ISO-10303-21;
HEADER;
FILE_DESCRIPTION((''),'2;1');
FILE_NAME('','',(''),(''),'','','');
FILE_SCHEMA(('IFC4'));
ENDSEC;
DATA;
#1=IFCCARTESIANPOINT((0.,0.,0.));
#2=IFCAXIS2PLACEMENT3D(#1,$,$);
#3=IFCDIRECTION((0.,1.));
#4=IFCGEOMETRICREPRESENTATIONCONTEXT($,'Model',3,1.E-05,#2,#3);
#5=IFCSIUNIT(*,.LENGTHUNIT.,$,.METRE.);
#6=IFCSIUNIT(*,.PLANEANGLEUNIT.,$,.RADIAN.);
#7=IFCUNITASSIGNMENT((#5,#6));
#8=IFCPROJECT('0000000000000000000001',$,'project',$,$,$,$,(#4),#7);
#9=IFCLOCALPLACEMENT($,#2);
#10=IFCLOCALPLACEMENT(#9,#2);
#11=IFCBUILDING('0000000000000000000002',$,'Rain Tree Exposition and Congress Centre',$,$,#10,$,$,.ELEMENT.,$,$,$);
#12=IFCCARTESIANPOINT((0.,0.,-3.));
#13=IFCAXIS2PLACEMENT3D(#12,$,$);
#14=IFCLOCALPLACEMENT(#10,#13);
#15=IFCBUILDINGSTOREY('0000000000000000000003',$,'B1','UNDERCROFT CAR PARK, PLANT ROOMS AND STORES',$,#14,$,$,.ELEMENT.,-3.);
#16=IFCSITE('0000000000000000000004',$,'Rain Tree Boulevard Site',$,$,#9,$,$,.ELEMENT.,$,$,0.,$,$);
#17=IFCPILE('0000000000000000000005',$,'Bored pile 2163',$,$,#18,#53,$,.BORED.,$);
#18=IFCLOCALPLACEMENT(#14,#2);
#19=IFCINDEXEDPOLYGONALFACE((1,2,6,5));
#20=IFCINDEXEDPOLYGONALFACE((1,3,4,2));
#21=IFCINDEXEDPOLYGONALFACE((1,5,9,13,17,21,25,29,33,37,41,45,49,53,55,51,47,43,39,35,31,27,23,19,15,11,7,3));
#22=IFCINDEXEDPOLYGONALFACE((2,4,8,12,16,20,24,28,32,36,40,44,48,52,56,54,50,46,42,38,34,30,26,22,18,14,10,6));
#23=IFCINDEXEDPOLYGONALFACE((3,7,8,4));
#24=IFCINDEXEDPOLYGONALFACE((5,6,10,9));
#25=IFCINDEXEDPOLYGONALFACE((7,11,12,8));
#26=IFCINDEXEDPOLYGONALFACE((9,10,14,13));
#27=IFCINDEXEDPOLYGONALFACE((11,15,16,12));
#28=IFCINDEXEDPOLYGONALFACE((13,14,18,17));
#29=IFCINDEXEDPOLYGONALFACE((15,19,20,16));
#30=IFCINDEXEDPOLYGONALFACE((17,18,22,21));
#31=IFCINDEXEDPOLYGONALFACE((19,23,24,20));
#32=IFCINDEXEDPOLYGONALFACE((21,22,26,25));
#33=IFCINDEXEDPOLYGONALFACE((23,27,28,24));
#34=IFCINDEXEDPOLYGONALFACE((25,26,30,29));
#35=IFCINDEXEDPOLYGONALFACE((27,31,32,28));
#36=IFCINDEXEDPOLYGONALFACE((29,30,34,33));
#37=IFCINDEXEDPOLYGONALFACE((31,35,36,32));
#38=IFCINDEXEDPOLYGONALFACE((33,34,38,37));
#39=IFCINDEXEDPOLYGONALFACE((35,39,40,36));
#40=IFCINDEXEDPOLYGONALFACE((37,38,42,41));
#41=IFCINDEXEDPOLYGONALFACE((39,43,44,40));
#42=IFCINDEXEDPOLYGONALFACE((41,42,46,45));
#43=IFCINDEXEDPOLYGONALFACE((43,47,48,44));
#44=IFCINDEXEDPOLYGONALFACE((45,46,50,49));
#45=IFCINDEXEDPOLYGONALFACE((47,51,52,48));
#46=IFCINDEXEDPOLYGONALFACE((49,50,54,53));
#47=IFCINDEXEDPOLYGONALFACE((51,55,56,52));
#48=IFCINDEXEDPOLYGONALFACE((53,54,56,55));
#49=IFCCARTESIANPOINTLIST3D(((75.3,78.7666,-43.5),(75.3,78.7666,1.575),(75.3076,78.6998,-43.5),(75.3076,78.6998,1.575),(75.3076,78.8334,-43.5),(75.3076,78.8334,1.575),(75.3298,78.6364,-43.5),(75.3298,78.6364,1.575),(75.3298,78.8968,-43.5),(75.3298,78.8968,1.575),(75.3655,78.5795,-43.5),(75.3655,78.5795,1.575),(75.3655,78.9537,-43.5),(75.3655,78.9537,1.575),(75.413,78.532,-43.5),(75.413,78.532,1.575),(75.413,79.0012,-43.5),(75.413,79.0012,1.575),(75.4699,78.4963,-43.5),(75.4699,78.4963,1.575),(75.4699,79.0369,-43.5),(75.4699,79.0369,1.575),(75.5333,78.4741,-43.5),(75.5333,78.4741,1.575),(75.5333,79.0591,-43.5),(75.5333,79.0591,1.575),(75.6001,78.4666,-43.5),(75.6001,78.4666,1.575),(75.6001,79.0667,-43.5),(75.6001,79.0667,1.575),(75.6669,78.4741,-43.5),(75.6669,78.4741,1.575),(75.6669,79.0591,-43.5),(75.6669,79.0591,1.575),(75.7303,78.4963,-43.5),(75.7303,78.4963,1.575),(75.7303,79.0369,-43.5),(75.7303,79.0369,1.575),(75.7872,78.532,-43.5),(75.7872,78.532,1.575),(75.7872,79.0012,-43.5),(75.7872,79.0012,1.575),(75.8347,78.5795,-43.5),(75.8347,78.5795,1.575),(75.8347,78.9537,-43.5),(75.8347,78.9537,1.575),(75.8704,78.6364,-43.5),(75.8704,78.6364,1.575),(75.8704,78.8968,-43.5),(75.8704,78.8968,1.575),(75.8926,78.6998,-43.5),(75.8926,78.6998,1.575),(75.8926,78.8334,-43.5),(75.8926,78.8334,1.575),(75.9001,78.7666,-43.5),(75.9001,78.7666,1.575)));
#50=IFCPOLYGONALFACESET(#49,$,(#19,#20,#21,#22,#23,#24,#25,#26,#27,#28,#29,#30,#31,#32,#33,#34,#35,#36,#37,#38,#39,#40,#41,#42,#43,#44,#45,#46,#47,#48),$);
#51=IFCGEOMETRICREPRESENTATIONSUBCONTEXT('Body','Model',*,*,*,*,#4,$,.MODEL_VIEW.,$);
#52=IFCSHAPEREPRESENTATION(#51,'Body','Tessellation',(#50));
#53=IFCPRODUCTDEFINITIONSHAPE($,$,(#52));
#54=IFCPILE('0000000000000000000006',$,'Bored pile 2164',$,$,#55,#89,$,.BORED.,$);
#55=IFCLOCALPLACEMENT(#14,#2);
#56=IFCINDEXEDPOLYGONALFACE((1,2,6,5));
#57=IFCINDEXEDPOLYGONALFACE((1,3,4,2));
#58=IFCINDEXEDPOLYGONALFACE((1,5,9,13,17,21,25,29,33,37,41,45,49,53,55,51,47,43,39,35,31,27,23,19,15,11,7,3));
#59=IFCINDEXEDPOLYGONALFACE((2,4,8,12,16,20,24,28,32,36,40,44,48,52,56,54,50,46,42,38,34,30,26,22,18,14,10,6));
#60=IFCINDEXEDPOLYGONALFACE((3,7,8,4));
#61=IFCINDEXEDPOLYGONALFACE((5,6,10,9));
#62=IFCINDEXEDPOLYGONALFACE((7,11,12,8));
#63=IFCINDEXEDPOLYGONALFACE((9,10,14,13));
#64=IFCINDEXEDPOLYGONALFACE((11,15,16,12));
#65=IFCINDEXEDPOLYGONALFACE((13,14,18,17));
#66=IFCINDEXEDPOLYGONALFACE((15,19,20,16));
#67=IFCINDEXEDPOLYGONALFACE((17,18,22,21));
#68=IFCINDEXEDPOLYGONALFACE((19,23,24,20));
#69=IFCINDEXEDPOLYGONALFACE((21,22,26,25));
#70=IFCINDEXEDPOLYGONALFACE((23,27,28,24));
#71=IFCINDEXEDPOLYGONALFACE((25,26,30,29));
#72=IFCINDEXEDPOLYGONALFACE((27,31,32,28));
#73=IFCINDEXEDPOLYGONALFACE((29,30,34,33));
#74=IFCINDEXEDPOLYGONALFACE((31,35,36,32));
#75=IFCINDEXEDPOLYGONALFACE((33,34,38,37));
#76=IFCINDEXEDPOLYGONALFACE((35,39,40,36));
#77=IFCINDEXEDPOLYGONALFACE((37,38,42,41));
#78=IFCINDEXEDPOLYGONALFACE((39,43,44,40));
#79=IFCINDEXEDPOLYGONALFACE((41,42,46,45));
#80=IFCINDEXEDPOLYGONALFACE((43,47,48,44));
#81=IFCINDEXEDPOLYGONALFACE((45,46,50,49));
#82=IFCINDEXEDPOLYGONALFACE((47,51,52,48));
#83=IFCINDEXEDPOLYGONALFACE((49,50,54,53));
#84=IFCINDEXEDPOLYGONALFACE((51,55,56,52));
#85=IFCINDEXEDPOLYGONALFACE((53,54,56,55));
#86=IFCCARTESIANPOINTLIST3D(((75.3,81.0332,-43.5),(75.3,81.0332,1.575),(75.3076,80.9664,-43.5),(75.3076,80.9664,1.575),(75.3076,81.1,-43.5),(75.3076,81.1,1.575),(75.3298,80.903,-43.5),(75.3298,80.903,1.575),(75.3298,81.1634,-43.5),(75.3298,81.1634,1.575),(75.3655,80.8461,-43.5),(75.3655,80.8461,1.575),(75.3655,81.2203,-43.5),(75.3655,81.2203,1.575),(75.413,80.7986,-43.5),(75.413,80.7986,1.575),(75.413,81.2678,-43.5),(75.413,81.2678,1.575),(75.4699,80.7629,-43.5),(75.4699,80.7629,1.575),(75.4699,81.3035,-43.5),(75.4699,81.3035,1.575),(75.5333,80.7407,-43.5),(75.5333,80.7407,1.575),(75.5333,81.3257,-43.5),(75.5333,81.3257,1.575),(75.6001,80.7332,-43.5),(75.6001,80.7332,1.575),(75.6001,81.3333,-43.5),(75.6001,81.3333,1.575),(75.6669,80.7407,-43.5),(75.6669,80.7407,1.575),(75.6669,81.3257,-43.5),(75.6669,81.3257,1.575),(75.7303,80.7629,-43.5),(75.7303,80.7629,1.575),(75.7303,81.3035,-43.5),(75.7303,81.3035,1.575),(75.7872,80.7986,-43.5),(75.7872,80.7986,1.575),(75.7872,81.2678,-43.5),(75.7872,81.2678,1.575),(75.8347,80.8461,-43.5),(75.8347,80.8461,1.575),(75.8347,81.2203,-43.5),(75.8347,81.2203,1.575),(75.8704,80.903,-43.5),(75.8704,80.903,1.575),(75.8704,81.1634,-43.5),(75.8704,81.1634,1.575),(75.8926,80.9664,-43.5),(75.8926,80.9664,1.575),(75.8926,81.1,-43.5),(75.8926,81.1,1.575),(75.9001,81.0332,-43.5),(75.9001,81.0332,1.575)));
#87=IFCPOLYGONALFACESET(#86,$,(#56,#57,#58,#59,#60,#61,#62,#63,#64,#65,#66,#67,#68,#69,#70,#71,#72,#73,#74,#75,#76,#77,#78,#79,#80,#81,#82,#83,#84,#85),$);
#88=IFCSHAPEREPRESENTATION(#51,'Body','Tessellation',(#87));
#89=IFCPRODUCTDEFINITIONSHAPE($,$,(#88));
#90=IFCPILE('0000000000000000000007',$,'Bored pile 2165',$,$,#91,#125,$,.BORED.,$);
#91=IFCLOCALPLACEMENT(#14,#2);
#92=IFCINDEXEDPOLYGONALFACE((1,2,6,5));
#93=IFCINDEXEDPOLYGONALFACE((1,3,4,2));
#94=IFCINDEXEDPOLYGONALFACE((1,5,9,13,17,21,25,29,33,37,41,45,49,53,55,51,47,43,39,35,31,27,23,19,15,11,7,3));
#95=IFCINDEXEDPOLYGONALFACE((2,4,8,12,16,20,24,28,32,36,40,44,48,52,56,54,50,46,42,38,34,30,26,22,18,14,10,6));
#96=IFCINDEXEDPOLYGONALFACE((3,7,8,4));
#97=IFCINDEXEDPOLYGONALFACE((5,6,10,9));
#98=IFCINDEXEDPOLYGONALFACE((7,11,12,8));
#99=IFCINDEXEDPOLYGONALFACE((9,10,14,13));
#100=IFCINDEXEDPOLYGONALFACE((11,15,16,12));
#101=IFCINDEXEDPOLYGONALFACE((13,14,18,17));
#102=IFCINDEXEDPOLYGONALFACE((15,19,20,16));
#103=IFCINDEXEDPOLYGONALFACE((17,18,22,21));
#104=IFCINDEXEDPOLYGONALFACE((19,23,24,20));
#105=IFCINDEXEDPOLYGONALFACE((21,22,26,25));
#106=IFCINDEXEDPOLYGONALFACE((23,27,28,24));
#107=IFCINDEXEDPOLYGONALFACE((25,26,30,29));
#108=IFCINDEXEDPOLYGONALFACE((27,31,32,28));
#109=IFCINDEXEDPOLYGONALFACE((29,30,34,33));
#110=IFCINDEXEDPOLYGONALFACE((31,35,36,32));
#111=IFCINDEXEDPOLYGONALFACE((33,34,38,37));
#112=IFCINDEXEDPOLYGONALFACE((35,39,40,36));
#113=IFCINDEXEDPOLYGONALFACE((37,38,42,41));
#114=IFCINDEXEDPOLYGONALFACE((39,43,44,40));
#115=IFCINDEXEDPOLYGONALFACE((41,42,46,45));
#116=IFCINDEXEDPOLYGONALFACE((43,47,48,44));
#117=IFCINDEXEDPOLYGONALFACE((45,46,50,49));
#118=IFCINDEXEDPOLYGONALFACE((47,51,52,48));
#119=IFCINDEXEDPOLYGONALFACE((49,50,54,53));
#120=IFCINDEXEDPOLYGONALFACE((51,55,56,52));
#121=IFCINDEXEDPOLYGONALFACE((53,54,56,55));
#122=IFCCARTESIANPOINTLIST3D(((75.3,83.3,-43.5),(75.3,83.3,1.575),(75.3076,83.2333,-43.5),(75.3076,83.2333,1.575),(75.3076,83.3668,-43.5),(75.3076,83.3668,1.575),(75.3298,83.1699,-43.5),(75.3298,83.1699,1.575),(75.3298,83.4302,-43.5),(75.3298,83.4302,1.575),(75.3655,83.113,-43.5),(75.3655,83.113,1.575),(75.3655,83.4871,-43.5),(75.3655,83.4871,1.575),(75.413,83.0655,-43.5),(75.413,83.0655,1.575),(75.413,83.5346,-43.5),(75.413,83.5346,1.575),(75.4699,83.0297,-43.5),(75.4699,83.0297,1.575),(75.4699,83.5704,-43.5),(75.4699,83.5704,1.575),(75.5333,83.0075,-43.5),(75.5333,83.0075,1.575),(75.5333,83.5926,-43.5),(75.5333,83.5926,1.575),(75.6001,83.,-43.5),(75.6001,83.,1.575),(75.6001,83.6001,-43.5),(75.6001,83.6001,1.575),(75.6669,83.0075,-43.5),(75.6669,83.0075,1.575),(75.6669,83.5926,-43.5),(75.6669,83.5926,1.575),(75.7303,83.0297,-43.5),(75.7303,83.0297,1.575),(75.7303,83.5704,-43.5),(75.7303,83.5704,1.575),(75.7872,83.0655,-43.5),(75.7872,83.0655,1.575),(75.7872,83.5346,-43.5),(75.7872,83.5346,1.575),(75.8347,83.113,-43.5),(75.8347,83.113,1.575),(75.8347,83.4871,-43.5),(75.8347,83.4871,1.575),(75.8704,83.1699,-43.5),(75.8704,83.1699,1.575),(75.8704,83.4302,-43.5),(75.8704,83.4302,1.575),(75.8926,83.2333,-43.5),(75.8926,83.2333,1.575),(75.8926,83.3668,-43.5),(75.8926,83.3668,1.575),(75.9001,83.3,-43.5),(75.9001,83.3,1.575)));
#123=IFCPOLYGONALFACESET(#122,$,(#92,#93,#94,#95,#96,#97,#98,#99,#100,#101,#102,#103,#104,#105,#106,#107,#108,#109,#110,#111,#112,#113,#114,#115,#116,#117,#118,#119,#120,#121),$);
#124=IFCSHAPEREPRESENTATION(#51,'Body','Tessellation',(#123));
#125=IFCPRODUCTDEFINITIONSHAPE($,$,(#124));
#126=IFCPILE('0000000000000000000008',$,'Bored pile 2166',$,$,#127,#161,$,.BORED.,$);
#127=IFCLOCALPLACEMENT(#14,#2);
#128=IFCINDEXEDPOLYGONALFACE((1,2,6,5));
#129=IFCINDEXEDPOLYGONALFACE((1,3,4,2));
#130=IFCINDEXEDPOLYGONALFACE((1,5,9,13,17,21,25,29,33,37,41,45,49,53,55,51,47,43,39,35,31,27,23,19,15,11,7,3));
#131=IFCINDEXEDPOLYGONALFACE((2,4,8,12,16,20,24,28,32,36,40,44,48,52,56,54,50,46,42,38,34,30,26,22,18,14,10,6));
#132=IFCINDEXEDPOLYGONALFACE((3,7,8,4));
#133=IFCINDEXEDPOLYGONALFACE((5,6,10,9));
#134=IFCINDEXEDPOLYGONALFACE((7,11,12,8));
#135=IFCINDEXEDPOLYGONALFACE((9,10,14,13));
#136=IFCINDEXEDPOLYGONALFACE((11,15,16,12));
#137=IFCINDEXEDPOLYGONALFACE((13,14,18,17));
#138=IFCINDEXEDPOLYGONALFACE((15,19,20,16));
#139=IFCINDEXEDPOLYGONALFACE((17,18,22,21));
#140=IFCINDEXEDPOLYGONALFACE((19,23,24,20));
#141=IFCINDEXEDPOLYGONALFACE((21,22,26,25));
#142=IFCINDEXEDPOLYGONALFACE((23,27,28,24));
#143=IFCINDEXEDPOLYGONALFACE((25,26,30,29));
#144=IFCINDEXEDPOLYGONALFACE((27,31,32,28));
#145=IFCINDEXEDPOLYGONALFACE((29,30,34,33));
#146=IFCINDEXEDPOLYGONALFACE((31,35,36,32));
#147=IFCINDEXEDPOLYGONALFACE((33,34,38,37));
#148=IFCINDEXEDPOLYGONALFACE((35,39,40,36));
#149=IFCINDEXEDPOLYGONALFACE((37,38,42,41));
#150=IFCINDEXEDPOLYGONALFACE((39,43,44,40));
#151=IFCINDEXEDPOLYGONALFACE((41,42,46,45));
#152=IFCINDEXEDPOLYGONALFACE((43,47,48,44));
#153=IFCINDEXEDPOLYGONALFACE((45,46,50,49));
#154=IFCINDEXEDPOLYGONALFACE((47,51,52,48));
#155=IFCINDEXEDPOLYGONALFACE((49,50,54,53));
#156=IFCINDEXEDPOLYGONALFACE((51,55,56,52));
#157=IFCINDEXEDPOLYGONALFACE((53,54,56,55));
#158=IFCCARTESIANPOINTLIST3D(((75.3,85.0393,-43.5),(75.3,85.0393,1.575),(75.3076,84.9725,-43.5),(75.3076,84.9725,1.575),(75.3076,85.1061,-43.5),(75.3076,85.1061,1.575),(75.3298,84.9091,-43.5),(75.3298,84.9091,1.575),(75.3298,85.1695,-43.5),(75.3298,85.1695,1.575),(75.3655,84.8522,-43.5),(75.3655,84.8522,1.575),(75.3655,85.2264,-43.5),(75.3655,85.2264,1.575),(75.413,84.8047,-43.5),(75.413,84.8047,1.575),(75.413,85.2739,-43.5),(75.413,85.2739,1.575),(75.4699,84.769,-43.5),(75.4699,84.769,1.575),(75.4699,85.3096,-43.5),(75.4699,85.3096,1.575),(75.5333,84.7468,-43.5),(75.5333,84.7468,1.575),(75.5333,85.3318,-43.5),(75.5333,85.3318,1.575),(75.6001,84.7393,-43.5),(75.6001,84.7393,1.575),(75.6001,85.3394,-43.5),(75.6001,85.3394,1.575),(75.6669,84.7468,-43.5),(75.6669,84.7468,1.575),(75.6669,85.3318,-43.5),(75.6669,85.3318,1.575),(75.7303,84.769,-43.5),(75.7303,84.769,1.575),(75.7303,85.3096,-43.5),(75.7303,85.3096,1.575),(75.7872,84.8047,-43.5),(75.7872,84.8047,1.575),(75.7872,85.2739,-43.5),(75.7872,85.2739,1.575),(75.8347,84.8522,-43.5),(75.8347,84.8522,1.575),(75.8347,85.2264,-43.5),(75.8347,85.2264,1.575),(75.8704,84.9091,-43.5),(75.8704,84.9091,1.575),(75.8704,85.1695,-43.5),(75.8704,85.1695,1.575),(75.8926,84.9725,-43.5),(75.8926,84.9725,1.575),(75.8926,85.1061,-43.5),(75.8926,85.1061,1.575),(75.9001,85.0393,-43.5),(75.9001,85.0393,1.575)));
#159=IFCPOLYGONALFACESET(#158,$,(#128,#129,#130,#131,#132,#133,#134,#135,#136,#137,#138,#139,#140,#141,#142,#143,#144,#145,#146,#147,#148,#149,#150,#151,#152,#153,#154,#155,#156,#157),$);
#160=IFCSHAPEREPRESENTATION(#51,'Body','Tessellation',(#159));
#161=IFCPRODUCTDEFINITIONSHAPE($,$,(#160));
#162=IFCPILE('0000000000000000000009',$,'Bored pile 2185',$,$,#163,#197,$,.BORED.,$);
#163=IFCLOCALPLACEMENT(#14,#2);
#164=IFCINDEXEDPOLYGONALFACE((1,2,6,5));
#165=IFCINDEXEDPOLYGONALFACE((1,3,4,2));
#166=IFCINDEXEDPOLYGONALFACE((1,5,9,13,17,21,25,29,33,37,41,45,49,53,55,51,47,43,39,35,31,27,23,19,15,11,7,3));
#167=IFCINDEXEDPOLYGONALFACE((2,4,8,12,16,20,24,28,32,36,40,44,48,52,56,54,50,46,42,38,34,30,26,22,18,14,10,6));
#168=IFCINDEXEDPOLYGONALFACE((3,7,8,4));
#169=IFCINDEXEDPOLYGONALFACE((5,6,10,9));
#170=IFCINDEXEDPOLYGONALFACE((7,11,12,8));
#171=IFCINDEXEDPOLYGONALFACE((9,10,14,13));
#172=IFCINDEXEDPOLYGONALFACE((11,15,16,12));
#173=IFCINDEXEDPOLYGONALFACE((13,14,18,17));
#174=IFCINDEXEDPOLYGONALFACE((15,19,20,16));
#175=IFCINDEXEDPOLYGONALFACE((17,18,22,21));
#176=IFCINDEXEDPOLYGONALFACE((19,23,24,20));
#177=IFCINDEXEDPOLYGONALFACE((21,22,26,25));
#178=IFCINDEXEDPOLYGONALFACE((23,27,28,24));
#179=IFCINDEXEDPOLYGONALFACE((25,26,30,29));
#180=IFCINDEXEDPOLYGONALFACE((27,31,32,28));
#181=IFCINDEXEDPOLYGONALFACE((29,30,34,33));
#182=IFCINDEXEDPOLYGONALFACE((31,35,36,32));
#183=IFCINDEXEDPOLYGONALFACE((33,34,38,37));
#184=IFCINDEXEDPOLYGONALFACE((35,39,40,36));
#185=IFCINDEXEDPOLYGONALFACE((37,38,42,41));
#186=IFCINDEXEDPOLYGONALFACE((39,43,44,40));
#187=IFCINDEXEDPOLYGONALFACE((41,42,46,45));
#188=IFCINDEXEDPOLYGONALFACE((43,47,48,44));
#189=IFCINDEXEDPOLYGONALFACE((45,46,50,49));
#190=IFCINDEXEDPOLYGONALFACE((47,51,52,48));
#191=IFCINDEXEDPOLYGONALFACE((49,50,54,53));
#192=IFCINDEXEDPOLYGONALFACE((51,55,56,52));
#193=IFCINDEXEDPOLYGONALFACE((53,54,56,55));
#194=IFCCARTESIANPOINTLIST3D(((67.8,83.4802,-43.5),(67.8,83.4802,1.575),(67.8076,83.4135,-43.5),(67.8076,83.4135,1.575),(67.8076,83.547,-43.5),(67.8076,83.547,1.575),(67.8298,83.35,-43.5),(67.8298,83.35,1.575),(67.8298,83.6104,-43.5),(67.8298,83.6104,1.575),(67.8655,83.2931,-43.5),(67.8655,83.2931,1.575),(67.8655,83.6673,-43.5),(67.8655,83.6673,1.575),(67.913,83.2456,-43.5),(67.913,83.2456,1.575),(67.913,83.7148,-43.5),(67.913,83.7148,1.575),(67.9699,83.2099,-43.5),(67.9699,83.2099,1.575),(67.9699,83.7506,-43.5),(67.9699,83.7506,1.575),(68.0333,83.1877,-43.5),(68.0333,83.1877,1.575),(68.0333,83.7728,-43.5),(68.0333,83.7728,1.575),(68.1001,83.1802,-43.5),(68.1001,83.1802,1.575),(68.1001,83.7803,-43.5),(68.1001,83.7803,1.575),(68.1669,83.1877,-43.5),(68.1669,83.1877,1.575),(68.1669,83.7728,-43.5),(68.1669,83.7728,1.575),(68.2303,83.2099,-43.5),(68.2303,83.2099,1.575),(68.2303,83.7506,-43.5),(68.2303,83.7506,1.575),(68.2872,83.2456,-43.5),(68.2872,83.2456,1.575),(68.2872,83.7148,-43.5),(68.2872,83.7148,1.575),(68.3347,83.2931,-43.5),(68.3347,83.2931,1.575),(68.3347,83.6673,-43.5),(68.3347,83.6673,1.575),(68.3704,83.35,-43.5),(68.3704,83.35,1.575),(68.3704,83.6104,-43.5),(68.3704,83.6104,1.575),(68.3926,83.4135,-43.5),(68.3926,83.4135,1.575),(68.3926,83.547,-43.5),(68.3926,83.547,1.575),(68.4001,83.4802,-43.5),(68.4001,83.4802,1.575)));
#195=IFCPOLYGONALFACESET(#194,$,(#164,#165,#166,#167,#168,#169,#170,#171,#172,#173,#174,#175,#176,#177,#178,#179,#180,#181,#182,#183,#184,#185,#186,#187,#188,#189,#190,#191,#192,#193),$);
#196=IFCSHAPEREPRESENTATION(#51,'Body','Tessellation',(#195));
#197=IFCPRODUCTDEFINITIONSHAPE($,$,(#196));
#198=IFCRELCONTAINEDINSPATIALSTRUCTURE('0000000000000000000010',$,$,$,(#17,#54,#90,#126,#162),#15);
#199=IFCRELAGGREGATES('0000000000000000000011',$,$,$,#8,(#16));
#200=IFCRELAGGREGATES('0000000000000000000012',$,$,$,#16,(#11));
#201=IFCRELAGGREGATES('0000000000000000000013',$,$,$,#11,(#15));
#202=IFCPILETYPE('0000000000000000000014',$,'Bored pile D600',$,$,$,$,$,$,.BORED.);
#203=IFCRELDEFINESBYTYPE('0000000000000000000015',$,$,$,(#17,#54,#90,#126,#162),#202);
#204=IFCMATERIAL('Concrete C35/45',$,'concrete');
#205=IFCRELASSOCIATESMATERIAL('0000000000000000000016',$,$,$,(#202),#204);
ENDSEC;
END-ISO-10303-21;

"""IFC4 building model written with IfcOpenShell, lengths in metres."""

from ifc_helpers import new_model, si_unit, direction, frame, origin, origin_2d, place, context, subcontext, project, spatial, circle, extrude, material, material_profile, profile_set, type_object, element, save


model = new_model("IFC4")

# Units and contexts
model_context = context("Model", 3, precision=1e-05, world=origin(), true_north=direction((0.0, 1.0)))
body_context = subcontext(model_context, "Body", "Model", "MODEL_VIEW")
ifc_project = project(units=[si_unit("LENGTHUNIT", "METRE"), si_unit("PLANEANGLEUNIT", "RADIAN")], contexts=[model_context])

# Site, building, storey
site_placement = place(None, origin())
site = spatial("IfcSite", under=ifc_project, at=site_placement, Name="Rain Tree Boulevard Site", CompositionType="ELEMENT", RefElevation=0.0)
building_placement = place(site_placement, origin())
building = spatial("IfcBuilding", under=site, at=building_placement, Name="Rain Tree Exposition and Congress Centre", CompositionType="ELEMENT")
storey_placement = place(building_placement, frame((0.0, 0.0, -3.0)))
storey = spatial("IfcBuildingStorey", under=building, at=storey_placement, Name="B1", Description="UNDERCROFT CAR PARK, PLANT ROOMS AND STORES", CompositionType="ELEMENT", Elevation=-3.0)

# Piles
ifc_material_1 = material(Name="Concrete C35/45", Category="concrete")
ifc_material_profile_1 = material_profile(ifc_material_1, circle(Radius=0.3, at=origin_2d()), Name="D600")
ifc_profile_set_1 = profile_set([ifc_material_profile_1], Name="Concrete C35/45")
pile_type_1 = type_object("IfcPileType", Name="Bored pile D600", PredefinedType="BORED", material=ifc_profile_set_1)
for number, where, z_axis, x_axis, name in (
    (1, (75.6001, 78.7666, 1.575), (0.0, 0.0, -1.0), (1.0, 0.0, 0.0), "Bored pile 2163"),
    (2, (75.6001, 81.0332, 1.575), (0.0, 0.0, -1.0), (1.0, 0.0, 0.0), "Bored pile 2164"),
    (3, (75.6001, 83.3, 1.575), (0.0, 0.0, -1.0), (1.0, 0.0, 0.0), "Bored pile 2165"),
    (4, (75.6001, 85.0393, 1.575), (0.0, 0.0, -1.0), (1.0, 0.0, 0.0), "Bored pile 2166"),
    (5, (68.1001, 83.4802, 1.575), (0.0, 0.0, -1.0), (1.0, 0.0, 0.0), "Bored pile 2185"),
):
    element("IfcPile", number, at=place(storey_placement, frame(where, z_axis=z_axis, x_axis=x_axis)), inside=storey, type_object=pile_type_1, Name=name, PredefinedType="BORED", context=body_context, shape_type="SweptSolid", body=[
        extrude(circle(Radius=0.3, at=origin_2d()), origin(), (0.0, 0.0, 1.0), 45.075),
    ])

save(model, "model.ifc")
